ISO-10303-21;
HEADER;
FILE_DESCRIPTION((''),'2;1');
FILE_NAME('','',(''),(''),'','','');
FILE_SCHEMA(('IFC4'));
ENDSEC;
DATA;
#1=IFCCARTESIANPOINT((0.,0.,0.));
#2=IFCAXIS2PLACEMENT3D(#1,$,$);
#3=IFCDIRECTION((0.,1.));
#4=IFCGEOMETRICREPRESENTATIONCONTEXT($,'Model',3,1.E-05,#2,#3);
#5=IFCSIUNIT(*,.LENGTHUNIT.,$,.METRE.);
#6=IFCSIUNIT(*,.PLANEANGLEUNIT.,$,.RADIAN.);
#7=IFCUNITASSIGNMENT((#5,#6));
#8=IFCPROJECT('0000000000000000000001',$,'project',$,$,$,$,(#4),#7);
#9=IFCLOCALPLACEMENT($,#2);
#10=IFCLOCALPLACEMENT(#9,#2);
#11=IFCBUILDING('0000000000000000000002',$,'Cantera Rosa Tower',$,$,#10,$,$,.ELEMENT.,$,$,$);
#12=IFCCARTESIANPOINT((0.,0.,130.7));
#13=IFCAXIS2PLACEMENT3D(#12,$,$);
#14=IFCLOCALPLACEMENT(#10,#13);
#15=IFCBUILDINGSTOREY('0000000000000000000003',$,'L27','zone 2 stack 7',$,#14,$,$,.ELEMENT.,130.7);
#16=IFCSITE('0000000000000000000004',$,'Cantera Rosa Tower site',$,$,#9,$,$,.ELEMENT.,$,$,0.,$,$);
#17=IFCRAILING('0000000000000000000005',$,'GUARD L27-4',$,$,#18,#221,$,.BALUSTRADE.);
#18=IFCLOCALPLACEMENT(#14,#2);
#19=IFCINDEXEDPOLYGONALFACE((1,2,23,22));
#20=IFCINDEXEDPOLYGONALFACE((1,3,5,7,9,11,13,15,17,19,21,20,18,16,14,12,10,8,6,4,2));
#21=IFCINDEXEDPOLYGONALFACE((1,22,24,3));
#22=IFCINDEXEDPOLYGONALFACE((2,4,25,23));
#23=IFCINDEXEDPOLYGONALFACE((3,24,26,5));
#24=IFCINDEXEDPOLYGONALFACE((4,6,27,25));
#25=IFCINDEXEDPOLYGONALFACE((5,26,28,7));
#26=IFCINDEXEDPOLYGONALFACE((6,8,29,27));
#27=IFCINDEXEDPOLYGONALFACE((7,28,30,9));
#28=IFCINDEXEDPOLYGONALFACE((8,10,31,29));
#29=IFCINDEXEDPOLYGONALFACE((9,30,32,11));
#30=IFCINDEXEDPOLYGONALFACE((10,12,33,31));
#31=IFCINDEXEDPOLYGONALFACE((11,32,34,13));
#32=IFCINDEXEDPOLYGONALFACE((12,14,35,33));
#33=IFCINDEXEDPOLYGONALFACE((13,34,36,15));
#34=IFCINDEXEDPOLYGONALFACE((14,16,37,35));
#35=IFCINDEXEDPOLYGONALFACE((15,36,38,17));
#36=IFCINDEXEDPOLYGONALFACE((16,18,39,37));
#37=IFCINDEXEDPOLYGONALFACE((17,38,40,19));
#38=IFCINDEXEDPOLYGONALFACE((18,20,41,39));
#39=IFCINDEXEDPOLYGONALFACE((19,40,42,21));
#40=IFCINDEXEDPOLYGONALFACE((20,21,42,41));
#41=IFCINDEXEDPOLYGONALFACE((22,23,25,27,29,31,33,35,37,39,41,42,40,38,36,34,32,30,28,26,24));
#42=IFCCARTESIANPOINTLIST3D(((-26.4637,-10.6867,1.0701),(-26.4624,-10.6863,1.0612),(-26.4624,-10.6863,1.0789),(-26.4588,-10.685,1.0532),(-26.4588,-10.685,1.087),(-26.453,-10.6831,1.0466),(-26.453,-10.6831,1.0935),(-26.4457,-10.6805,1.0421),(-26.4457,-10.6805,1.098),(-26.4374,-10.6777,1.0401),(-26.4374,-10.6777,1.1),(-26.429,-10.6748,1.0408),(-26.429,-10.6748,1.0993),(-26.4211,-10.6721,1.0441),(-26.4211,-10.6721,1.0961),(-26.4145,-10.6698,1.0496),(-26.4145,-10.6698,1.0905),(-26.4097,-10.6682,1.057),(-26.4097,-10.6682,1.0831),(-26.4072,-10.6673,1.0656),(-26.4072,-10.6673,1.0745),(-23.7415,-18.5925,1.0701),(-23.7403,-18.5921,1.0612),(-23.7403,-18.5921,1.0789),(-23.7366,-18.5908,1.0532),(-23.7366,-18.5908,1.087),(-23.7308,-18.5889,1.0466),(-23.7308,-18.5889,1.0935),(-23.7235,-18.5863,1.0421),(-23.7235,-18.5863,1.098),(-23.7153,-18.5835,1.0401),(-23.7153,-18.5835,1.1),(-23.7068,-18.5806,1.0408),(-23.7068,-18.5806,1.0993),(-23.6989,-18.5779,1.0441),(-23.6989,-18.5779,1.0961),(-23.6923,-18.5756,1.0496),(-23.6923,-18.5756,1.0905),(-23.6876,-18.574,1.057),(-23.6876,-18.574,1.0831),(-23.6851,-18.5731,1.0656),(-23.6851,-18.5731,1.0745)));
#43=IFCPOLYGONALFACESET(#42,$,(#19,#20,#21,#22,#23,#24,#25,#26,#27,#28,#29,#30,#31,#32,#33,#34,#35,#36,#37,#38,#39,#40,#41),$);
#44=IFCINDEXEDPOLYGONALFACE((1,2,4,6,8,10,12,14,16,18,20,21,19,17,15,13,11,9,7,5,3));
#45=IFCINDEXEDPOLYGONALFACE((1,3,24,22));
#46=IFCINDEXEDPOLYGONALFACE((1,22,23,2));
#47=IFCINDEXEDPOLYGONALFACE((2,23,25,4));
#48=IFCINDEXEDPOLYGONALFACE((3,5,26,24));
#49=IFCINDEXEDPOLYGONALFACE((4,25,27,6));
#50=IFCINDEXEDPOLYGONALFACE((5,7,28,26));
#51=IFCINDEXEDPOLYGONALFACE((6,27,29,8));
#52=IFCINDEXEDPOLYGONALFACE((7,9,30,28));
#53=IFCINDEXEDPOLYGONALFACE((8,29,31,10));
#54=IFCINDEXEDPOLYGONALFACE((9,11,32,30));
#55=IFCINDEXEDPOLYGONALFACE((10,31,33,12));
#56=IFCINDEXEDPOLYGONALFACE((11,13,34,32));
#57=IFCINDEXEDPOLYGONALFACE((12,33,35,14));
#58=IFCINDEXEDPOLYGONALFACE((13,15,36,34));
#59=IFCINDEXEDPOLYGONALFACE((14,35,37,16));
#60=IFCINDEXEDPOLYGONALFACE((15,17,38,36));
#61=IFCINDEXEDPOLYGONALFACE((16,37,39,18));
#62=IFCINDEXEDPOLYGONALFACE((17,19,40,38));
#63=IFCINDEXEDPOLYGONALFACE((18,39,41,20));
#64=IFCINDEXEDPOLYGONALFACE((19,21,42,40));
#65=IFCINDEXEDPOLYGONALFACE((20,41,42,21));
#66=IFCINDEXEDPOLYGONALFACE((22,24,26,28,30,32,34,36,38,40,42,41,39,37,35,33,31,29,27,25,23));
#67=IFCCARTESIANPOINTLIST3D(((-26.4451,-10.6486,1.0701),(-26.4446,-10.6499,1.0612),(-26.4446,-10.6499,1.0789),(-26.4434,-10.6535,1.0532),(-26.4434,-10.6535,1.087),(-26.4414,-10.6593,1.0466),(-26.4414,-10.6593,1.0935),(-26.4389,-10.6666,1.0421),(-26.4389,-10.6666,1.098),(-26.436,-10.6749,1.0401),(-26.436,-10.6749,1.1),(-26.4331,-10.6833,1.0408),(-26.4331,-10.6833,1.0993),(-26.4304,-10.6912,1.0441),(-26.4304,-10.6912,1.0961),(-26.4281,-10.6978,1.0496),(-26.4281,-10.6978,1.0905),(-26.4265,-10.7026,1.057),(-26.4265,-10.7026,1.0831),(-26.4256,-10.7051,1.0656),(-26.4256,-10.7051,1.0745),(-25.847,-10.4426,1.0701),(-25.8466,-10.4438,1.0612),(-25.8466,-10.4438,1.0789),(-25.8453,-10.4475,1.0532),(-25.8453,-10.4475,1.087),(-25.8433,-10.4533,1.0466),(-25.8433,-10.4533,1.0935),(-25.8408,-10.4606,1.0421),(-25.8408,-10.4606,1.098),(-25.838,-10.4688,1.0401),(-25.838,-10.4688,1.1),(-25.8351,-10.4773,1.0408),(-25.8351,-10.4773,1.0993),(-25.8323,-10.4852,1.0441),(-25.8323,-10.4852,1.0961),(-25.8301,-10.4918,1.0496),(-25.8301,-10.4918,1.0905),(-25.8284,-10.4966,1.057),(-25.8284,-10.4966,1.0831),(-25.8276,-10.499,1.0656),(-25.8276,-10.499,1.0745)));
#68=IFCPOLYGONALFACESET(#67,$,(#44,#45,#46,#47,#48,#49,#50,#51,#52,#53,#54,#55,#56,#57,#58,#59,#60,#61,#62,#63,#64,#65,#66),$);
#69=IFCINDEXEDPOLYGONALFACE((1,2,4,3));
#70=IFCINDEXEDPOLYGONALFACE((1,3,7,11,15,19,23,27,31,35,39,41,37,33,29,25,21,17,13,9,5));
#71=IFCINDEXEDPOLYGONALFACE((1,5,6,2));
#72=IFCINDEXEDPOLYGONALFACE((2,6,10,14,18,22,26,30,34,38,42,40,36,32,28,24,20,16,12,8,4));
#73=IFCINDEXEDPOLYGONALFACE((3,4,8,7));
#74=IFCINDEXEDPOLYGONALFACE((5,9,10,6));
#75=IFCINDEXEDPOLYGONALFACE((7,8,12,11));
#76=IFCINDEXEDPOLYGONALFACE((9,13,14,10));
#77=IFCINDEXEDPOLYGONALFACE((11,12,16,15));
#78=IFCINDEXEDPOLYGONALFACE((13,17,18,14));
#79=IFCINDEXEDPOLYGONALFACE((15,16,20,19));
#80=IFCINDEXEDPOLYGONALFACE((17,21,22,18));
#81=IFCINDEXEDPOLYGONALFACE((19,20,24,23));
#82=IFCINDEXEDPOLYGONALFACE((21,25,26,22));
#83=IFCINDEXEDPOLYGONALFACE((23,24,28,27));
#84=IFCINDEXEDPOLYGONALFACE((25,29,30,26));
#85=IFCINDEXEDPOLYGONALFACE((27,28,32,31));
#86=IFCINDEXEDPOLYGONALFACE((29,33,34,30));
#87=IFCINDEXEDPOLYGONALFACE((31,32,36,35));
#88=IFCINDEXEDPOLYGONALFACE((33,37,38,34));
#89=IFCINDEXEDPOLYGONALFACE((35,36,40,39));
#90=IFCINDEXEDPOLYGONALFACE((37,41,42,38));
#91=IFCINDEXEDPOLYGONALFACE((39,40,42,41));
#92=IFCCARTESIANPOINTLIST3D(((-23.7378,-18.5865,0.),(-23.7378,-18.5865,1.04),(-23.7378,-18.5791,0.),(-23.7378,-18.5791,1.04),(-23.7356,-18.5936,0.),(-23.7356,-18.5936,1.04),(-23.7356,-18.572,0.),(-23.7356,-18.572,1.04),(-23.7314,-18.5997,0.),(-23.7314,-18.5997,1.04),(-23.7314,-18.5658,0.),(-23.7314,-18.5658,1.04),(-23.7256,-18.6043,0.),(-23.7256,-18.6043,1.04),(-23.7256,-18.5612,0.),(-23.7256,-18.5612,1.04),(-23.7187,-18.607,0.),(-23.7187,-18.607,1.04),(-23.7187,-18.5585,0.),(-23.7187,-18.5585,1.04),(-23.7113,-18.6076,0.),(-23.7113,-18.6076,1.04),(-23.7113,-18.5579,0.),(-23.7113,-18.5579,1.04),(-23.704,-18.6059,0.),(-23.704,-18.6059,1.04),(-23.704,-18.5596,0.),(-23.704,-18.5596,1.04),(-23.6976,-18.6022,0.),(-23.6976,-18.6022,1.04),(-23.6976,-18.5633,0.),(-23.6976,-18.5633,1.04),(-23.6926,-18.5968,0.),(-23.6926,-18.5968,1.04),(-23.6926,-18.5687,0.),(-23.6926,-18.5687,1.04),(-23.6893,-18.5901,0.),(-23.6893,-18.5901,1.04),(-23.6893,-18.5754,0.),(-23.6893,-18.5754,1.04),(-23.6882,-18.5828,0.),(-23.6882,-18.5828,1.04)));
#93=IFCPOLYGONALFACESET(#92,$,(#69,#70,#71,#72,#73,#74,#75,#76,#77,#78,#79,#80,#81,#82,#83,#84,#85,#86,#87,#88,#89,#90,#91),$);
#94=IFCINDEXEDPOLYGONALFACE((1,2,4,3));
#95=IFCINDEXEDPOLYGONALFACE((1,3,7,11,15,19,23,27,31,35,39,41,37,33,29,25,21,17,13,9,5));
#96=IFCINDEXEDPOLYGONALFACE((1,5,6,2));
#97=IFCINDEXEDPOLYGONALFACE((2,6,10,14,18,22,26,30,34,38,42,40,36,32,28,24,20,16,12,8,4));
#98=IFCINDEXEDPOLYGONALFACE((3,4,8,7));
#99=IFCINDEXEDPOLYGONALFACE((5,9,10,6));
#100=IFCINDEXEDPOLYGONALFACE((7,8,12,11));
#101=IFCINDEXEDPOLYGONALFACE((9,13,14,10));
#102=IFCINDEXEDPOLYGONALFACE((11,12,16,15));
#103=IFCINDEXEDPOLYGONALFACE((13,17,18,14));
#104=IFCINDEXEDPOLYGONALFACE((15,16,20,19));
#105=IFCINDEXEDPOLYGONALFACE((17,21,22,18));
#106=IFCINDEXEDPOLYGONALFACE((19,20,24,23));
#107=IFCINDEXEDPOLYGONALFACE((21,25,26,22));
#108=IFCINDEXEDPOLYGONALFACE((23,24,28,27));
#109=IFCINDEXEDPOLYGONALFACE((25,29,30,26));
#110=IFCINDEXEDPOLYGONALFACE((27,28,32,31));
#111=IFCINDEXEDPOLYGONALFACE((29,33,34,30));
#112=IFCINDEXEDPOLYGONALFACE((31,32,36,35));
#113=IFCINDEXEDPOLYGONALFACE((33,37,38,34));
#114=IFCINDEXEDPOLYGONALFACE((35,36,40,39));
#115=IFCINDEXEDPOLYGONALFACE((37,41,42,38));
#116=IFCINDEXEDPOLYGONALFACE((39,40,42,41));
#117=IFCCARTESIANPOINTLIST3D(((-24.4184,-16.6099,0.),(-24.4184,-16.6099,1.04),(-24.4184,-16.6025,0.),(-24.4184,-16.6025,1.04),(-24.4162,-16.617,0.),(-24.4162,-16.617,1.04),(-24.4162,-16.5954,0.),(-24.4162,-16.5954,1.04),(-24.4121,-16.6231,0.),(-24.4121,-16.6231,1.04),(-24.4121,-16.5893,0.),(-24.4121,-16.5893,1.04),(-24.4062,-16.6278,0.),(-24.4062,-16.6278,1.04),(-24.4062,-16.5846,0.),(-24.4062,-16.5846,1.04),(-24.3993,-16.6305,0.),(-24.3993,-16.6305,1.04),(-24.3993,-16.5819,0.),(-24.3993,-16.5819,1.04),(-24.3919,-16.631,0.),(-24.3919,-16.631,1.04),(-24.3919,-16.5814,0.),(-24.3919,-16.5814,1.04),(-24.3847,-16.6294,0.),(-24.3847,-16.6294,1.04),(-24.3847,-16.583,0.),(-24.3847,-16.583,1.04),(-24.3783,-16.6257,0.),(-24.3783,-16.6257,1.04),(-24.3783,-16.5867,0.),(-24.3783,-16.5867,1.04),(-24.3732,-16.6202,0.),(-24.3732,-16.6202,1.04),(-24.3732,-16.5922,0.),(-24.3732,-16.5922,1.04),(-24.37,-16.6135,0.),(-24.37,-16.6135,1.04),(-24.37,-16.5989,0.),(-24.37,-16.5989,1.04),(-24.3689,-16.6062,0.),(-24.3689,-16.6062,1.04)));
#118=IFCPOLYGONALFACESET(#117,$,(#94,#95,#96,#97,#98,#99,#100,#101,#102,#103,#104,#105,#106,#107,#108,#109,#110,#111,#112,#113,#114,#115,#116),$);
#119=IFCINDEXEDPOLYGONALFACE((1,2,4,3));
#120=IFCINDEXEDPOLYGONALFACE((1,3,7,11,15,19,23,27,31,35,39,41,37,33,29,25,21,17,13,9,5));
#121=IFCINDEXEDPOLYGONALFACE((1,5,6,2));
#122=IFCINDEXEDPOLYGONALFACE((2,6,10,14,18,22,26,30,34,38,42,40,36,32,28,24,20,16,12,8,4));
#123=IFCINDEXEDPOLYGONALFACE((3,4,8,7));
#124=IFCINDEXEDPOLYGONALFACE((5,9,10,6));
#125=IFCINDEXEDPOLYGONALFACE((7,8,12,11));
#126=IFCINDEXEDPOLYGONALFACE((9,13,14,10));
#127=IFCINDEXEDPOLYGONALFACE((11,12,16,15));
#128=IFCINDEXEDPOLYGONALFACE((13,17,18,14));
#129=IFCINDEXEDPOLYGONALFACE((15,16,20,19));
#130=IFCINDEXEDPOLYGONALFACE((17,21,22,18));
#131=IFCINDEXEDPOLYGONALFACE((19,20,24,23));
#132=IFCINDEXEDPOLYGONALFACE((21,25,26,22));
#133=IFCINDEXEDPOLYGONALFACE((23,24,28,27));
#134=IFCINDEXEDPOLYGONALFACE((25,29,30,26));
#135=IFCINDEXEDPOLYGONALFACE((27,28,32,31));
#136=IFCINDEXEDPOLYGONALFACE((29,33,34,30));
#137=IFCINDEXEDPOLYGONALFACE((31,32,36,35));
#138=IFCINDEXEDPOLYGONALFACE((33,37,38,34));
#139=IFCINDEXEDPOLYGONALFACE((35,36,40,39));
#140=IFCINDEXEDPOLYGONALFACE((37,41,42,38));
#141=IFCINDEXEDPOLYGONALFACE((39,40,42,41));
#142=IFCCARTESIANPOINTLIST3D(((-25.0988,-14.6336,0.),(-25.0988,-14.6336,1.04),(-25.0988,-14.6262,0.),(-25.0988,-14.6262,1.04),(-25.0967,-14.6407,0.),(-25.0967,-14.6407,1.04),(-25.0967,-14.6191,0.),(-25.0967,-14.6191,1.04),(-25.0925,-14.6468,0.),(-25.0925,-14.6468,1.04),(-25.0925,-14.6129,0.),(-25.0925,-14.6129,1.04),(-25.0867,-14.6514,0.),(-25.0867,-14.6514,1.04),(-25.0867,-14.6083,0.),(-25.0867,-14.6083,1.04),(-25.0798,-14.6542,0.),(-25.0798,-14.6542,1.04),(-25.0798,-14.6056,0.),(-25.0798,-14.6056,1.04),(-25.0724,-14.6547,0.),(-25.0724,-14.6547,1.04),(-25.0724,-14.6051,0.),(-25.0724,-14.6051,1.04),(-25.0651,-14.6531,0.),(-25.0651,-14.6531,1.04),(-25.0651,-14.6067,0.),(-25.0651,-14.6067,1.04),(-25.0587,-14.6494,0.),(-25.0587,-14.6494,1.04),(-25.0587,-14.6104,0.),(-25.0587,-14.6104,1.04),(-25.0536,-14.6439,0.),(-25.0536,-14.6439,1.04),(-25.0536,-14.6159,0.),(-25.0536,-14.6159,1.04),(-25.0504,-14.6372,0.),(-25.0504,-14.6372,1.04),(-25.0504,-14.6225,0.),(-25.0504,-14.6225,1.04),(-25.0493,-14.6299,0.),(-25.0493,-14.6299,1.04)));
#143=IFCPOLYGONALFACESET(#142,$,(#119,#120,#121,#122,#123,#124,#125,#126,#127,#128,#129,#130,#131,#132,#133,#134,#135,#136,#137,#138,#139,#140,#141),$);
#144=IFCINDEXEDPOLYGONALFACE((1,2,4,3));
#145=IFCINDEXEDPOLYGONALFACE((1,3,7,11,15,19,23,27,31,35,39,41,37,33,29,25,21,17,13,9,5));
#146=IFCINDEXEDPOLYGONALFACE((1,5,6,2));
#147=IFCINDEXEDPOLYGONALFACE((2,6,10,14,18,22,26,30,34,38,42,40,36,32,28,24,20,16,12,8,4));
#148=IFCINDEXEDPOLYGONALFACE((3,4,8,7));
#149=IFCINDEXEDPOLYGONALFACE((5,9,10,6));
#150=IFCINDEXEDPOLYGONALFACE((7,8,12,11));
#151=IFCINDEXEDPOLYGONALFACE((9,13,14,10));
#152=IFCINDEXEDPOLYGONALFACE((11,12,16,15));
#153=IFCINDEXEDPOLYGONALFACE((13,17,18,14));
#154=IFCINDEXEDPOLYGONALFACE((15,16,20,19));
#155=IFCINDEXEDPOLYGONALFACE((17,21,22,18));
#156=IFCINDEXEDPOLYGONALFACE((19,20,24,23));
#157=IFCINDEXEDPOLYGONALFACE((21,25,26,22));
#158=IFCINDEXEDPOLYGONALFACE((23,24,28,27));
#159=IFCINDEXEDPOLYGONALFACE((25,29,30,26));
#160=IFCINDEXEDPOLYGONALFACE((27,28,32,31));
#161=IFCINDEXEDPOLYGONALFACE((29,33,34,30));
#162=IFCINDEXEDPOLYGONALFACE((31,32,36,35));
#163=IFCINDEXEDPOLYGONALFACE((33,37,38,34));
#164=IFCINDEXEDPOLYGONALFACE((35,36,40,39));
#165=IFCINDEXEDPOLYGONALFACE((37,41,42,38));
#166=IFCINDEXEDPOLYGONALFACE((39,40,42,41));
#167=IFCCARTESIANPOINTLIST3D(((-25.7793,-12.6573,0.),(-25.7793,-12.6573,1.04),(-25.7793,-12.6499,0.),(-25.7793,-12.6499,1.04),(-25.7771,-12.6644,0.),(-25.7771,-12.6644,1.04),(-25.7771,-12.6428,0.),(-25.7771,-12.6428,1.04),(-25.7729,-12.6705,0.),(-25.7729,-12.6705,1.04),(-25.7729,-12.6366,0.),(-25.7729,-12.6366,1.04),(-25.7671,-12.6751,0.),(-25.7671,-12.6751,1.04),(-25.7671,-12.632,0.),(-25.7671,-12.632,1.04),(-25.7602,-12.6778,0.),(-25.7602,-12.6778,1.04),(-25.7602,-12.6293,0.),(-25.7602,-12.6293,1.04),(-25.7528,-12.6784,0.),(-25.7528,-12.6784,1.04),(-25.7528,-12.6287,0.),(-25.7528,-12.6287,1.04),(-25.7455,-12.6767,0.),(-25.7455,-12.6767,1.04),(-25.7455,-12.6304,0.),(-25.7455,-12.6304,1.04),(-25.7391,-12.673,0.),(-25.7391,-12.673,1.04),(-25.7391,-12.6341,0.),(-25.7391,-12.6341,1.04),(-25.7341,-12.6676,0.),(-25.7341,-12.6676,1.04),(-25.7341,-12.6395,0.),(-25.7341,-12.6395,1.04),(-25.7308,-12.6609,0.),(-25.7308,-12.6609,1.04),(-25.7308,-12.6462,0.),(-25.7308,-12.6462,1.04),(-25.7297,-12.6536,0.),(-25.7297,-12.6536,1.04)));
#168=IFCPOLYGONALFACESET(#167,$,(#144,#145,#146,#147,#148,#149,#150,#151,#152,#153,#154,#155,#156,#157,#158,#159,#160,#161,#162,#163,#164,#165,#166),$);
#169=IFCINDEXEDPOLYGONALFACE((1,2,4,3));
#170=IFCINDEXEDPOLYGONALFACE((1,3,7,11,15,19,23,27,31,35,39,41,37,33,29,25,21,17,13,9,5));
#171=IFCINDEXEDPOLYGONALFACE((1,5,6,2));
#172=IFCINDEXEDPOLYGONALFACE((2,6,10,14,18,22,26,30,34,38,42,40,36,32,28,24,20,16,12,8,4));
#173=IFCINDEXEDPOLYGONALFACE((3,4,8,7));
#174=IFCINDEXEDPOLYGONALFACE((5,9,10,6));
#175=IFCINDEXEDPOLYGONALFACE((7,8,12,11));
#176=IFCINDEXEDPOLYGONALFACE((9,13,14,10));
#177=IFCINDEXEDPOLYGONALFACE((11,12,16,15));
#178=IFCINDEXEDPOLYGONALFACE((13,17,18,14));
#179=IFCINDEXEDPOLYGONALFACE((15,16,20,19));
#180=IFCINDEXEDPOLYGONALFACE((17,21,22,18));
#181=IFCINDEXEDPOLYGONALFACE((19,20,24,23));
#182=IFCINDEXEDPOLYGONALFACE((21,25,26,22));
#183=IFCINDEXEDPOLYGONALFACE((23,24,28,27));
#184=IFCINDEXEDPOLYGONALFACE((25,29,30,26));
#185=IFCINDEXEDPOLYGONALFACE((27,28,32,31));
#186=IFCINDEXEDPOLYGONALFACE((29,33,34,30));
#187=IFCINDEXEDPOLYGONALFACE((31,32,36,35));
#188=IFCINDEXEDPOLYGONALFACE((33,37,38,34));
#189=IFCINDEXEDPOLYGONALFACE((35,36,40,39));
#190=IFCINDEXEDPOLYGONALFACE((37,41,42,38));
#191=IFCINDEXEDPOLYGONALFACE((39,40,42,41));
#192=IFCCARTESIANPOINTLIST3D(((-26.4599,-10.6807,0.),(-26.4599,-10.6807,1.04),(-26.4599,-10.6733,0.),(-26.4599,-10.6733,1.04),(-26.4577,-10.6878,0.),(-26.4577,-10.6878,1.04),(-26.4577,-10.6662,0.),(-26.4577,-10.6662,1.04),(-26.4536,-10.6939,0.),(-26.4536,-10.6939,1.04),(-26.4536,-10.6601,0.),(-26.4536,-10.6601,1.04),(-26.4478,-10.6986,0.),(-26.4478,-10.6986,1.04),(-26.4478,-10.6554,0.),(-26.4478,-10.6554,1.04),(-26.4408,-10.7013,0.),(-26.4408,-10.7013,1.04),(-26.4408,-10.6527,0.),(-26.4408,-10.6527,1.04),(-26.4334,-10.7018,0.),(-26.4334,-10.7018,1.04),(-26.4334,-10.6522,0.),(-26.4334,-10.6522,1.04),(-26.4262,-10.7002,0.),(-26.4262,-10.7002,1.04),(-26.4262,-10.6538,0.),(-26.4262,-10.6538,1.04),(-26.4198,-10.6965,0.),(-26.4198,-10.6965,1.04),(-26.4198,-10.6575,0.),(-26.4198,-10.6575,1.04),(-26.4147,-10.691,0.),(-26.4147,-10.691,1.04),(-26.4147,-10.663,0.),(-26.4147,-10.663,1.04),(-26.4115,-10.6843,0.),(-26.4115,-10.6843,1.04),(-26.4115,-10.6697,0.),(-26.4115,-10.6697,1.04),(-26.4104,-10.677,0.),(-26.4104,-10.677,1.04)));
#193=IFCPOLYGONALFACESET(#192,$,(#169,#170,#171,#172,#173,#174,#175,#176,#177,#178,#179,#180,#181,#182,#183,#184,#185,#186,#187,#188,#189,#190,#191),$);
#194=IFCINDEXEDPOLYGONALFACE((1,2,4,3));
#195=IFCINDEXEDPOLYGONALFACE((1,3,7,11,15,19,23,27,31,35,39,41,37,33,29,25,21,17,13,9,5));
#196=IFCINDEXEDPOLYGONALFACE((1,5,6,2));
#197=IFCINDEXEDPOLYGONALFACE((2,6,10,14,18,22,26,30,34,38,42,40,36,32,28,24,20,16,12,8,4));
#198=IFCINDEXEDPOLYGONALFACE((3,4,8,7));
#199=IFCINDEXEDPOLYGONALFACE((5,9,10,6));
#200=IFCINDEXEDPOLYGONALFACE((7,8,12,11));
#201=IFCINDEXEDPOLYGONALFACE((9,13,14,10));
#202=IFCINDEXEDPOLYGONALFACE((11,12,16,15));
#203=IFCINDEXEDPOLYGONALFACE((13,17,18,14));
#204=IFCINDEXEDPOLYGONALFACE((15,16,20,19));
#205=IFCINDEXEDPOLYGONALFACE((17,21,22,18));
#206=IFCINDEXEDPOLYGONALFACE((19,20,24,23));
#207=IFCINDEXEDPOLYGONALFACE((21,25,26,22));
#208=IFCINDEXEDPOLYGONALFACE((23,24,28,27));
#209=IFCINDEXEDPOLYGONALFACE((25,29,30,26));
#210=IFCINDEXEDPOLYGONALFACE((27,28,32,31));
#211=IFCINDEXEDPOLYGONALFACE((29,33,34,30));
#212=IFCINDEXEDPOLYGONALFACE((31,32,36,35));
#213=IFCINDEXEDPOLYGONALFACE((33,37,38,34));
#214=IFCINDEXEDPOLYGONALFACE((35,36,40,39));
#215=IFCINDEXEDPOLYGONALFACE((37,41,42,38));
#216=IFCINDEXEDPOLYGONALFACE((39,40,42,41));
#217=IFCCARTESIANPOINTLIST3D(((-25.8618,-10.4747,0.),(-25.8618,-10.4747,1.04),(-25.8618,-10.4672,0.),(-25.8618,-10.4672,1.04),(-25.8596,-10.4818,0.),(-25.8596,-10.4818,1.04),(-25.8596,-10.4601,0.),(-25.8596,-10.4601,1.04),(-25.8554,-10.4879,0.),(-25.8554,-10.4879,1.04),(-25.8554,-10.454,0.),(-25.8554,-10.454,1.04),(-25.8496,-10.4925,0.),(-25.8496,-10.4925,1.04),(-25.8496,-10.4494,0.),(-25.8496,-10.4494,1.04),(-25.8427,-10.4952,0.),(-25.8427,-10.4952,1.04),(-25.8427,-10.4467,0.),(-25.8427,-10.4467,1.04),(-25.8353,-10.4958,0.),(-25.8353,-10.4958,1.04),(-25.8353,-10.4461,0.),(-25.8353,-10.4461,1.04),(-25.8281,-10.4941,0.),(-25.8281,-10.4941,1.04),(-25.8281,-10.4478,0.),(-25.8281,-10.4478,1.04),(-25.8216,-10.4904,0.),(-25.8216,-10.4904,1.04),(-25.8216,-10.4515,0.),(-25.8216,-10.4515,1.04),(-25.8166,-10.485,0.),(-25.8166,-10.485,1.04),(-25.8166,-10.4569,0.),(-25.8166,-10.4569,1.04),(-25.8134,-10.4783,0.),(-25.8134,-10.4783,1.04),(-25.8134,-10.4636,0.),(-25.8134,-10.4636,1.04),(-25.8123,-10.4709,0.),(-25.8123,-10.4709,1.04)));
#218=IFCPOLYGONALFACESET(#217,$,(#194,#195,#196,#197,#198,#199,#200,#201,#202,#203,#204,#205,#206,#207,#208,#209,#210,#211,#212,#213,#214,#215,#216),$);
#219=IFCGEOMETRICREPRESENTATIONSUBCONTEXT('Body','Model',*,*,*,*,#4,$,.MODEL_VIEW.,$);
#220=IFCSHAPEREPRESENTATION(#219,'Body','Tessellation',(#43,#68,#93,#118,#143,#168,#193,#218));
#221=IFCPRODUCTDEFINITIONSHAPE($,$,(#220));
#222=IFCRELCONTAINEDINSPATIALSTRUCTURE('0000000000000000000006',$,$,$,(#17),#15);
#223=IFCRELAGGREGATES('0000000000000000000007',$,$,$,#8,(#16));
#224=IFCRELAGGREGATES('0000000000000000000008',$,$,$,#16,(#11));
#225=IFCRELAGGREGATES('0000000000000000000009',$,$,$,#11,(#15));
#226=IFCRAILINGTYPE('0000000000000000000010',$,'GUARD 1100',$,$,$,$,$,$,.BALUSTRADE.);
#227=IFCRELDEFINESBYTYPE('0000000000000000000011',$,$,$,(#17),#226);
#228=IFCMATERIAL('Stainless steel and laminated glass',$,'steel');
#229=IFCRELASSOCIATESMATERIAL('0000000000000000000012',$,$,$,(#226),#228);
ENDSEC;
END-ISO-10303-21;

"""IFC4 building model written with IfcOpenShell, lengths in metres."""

from ifc_helpers import new_model, si_unit, direction, frame, origin, origin_2d, place, context, subcontext, project, spatial, circle, extrude, material, type_object, element, save


model = new_model("IFC4")

# Units and contexts
model_context = context("Model", 3, precision=1e-05, world=origin(), true_north=direction((0.0, 1.0)))
body_context = subcontext(model_context, "Body", "Model", "MODEL_VIEW")
ifc_project = project(units=[si_unit("LENGTHUNIT", "METRE"), si_unit("PLANEANGLEUNIT", "RADIAN")], contexts=[model_context])

# Site, building, storey
site_placement = place(None, origin())
site = spatial("IfcSite", under=ifc_project, at=site_placement, Name="Cantera Rosa Tower site", CompositionType="ELEMENT", RefElevation=0.0)
building_placement = place(site_placement, origin())
building = spatial("IfcBuilding", under=site, at=building_placement, Name="Cantera Rosa Tower", CompositionType="ELEMENT")
storey_placement = place(building_placement, frame((0.0, 0.0, 130.7)))
storey = spatial("IfcBuildingStorey", under=building, at=storey_placement, Name="L27", Description="zone 2 stack 7", CompositionType="ELEMENT", Elevation=130.7)

# Railing
ifc_material_1 = material(Name="Stainless steel and laminated glass", Category="steel")
railing_type = type_object("IfcRailingType", Name="GUARD 1100", PredefinedType="BALUSTRADE", material=ifc_material_1)
railing_1_placement = place(storey_placement, frame((-23.7131, -18.5828, 0.0)))
element("IfcRailing", 1, at=railing_1_placement, inside=storey, type_object=railing_type, Name="GUARD L27-4", PredefinedType="BALUSTRADE", context=body_context, shape_type="SweptSolid", body=[
    extrude(circle(Radius=0.03, at=origin_2d()), frame((0.0, 0.0, 1.0701), z_axis=(-0.325568, 0.945519, 0.0), x_axis=(-0.945519, -0.325568, 0.0)), (0.0, 0.0, 1.0), 8.3613),
    extrude(circle(Radius=0.03, at=origin_2d()), frame((-2.7222, 7.9058, 1.0701), z_axis=(0.945471, 0.325705, 0.0), x_axis=(-0.325705, 0.945471, 0.0)), (0.0, 0.0, 1.0), 0.6326),
    extrude(circle(Radius=0.0249, at=origin_2d()), origin(), (0.0, 0.0, 1.0), 1.04),
    extrude(circle(Radius=0.0249, at=origin_2d()), frame((-0.6807, 1.9766, 0.0)), (0.0, 0.0, 1.0), 1.04),
    extrude(circle(Radius=0.0249, at=origin_2d()), frame((-1.3611, 3.9529, 0.0)), (0.0, 0.0, 1.0), 1.04),
    extrude(circle(Radius=0.0249, at=origin_2d()), frame((-2.0415, 5.9292, 0.0)), (0.0, 0.0, 1.0), 1.04),
    extrude(circle(Radius=0.0249, at=origin_2d()), frame((-2.7222, 7.9058, 0.0)), (0.0, 0.0, 1.0), 1.04),
    extrude(circle(Radius=0.0249, at=origin_2d()), frame((-2.124, 8.1118, 0.0)), (0.0, 0.0, 1.0), 1.04),
])

save(model, "model.ifc")
